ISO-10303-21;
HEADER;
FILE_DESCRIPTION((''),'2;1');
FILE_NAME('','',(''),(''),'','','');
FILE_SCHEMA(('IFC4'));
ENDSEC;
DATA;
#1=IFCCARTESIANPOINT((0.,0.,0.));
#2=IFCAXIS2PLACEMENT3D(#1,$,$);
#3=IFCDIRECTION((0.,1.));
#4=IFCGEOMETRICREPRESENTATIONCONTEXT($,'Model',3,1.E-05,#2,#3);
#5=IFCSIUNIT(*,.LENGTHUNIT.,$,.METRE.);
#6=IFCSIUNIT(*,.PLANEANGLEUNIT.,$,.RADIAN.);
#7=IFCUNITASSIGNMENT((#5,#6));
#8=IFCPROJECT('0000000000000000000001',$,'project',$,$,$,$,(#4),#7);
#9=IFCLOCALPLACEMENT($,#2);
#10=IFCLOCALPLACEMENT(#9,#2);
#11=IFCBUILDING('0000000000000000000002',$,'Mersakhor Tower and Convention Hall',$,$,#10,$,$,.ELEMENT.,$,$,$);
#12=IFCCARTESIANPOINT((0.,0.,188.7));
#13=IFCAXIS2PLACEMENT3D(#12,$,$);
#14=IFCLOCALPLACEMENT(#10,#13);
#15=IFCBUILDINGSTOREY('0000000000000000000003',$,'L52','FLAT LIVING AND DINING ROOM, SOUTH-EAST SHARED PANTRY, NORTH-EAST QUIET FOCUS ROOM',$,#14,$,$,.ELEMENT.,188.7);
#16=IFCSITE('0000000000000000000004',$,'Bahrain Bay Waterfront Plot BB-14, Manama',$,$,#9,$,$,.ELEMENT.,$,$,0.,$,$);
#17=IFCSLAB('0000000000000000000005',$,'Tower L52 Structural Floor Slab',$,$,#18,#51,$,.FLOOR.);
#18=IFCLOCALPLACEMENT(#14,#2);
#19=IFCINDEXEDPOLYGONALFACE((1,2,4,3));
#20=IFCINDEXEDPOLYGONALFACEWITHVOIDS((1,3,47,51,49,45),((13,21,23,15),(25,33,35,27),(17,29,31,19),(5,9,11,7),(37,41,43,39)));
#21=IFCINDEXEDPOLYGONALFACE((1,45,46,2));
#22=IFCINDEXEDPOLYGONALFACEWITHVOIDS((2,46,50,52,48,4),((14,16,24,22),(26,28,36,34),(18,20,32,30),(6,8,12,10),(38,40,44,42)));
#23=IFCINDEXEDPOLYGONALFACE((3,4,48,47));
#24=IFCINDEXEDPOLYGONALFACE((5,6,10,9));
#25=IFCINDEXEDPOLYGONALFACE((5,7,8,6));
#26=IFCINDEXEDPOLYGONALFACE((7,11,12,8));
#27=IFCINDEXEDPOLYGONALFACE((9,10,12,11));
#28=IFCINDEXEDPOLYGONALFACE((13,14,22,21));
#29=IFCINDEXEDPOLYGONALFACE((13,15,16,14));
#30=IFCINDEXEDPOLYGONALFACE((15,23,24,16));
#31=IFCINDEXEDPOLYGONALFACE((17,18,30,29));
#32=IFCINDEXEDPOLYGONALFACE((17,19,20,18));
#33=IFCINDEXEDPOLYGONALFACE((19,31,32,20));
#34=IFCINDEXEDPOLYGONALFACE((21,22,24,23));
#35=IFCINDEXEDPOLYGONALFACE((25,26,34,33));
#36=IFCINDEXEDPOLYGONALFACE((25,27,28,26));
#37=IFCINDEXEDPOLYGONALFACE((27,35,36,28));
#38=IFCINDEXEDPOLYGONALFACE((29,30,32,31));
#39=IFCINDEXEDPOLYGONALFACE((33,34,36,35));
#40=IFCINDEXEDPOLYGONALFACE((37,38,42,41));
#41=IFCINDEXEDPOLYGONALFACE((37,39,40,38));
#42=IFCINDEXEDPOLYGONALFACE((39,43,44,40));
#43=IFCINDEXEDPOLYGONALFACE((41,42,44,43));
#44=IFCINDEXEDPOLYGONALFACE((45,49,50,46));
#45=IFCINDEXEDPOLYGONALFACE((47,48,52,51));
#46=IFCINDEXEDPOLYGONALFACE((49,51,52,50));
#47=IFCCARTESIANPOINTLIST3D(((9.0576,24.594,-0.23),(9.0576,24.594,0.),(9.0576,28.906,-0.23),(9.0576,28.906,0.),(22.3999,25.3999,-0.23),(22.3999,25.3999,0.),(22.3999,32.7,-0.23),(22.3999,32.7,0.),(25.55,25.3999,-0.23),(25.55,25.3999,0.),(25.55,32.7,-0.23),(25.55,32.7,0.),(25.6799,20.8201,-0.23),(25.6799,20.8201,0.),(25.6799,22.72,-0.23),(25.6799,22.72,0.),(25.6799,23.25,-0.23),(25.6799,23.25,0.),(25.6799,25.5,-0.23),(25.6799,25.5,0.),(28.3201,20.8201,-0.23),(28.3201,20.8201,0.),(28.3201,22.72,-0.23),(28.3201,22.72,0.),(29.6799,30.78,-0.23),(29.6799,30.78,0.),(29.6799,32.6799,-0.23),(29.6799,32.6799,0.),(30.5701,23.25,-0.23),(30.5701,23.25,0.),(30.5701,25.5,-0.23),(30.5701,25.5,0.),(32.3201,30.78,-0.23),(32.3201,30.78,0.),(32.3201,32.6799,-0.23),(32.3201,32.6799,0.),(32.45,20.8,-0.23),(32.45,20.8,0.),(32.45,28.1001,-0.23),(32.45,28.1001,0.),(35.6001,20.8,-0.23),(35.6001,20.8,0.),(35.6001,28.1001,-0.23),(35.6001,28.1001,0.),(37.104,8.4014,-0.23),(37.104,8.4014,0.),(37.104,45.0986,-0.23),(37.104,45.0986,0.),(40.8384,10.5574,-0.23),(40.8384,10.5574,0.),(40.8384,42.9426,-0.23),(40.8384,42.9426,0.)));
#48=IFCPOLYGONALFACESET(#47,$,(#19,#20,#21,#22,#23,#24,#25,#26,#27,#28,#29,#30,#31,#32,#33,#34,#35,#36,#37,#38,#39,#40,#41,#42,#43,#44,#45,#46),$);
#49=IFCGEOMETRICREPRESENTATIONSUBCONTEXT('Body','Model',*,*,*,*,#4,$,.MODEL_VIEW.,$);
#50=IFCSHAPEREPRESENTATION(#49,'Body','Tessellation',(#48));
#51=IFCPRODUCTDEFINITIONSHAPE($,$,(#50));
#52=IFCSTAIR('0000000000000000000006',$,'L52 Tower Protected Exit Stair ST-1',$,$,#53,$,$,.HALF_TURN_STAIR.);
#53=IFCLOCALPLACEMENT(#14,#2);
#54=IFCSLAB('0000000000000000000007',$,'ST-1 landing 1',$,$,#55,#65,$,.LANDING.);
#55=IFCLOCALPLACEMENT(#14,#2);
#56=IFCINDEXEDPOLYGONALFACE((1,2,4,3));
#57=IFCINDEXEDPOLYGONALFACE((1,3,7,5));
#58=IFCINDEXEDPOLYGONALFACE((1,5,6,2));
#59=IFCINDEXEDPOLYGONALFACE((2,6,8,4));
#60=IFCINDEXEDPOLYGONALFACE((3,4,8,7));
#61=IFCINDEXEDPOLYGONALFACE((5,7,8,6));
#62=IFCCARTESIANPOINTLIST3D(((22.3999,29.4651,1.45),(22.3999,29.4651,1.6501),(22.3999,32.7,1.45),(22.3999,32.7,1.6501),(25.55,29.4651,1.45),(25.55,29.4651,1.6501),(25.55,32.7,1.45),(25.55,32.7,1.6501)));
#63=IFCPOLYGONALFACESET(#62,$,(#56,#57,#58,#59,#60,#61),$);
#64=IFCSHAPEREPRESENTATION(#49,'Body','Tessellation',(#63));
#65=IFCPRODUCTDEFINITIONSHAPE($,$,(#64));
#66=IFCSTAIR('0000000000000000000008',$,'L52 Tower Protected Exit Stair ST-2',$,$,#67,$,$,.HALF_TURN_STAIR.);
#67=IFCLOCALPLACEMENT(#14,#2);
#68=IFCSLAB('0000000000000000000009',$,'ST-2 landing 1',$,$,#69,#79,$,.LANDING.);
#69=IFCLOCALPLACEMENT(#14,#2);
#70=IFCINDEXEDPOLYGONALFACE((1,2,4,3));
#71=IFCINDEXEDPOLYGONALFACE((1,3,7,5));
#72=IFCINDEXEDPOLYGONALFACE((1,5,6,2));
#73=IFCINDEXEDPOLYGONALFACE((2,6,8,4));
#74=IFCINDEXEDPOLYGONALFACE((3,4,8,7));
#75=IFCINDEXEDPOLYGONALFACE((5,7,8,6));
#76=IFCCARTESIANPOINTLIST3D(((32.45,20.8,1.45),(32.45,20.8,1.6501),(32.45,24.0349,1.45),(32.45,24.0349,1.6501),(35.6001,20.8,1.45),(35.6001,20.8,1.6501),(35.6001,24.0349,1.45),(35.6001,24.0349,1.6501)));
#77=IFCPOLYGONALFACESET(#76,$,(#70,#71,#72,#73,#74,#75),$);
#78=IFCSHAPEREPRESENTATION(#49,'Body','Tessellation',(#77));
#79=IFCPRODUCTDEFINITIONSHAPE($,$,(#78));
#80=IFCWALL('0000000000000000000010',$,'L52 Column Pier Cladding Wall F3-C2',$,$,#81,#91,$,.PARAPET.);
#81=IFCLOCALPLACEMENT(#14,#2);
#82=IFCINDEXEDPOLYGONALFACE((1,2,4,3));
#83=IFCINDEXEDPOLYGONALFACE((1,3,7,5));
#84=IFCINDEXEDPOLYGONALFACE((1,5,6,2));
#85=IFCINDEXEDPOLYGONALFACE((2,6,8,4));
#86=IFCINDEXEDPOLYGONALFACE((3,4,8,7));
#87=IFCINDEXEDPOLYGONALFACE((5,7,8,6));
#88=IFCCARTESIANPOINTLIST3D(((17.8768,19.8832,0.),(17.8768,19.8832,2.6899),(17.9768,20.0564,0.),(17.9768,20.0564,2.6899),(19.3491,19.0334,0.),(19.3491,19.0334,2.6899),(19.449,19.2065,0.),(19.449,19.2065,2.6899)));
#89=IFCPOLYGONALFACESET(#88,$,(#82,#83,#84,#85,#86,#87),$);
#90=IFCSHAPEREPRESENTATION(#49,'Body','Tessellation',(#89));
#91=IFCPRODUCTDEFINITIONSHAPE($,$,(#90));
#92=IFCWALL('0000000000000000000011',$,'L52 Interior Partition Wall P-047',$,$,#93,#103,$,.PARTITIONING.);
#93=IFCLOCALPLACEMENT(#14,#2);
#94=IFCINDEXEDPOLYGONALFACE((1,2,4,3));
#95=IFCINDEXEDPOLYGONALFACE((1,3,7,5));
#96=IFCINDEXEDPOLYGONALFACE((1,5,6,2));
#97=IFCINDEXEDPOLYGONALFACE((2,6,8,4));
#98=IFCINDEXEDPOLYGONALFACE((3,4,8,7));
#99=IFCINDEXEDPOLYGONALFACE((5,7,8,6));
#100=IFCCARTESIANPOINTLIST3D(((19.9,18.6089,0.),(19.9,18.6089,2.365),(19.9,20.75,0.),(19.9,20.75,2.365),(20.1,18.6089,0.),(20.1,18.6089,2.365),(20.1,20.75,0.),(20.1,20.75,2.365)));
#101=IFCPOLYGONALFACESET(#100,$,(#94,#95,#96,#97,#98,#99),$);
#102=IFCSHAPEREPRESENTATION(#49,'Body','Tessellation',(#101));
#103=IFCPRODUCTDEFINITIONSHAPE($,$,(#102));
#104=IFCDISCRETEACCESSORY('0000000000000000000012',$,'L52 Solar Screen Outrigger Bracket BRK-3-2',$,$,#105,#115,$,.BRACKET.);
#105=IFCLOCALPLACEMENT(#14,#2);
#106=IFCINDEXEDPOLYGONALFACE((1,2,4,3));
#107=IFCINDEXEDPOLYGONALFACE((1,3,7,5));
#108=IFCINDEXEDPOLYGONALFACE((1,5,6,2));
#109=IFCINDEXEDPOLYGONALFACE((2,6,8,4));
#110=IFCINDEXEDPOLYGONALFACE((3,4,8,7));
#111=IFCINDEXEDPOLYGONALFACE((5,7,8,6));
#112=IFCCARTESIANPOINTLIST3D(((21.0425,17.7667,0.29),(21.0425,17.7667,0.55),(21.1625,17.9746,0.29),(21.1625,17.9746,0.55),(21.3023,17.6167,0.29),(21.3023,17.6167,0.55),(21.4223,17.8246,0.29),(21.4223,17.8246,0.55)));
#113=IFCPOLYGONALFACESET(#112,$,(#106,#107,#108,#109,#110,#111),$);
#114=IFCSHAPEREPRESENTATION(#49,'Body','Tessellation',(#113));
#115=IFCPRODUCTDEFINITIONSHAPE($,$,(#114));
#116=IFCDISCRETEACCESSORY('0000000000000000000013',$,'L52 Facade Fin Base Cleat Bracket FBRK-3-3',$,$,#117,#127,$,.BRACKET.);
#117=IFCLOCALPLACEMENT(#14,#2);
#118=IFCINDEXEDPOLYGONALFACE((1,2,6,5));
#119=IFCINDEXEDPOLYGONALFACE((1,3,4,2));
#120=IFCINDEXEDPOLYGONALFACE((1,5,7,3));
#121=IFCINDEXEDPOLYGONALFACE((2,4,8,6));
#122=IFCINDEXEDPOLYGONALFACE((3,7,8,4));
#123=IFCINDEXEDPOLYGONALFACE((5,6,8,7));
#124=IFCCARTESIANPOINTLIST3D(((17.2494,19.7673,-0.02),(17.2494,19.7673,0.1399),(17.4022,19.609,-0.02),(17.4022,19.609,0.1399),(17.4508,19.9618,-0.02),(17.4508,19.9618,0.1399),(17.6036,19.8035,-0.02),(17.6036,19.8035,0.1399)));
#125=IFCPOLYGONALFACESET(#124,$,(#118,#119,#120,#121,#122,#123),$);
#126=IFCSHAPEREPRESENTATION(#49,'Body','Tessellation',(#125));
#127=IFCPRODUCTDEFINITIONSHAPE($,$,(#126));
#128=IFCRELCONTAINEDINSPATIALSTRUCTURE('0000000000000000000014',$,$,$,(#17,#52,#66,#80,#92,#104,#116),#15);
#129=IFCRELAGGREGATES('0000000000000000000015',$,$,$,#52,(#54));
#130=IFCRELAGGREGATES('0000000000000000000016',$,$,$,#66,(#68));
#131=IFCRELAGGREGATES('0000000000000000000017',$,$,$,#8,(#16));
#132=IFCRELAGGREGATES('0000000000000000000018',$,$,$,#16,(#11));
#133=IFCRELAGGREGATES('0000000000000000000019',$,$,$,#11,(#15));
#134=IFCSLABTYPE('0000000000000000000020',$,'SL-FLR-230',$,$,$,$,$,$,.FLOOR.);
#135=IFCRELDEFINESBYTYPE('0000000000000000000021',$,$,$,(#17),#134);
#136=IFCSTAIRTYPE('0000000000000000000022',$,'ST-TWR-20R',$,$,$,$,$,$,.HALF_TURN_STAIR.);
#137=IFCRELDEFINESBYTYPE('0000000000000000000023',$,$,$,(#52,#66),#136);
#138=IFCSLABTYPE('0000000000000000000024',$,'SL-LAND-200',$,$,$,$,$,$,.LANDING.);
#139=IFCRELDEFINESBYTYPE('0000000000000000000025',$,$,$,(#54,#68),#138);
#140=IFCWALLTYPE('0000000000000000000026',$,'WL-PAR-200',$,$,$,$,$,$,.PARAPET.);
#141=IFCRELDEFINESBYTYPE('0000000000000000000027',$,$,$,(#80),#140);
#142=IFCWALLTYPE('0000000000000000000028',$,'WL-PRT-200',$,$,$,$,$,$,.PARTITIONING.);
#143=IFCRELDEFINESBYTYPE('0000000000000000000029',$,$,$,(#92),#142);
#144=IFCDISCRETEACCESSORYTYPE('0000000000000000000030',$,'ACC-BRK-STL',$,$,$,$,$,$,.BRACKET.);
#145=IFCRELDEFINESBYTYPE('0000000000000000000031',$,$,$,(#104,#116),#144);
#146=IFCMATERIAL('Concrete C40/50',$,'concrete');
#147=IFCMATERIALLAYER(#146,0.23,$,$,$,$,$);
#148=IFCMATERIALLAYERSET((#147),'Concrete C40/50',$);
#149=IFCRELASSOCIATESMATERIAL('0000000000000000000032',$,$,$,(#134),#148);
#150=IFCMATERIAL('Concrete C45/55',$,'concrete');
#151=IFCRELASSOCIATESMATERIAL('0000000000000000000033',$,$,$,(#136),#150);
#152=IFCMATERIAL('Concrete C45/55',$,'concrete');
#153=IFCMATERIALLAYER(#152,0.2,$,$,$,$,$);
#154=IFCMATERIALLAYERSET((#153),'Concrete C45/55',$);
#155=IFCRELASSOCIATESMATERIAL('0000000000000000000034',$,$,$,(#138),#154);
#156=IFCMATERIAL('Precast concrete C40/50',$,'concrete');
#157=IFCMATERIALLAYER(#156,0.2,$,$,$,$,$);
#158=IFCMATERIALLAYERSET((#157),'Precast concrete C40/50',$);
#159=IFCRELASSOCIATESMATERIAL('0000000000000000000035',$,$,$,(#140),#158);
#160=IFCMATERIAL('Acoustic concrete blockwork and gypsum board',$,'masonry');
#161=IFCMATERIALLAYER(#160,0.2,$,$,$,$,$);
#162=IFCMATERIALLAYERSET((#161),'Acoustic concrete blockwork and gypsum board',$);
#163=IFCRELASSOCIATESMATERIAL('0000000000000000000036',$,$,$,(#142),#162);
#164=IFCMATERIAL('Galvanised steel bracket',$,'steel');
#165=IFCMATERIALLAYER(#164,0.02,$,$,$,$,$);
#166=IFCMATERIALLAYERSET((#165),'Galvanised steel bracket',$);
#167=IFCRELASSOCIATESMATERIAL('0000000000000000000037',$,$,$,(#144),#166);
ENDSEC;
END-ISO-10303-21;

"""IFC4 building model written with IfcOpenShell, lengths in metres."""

from ifc_helpers import new_model, si_unit, direction, frame, frame_2d, origin, origin_2d, place, context, subcontext, project, spatial, polyline, rectangle, outline, extrude, material, layer, layer_set, type_object, element, aggregate, save


model = new_model("IFC4")

# Units and contexts
model_context = context("Model", 3, precision=1e-05, world=origin(), true_north=direction((0.0, 1.0)))
body_context = subcontext(model_context, "Body", "Model", "MODEL_VIEW")
ifc_project = project(units=[si_unit("LENGTHUNIT", "METRE"), si_unit("PLANEANGLEUNIT", "RADIAN")], contexts=[model_context])

# Site, building, storey
site_placement = place(None, origin())
site = spatial("IfcSite", under=ifc_project, at=site_placement, Name="Bahrain Bay Waterfront Plot BB-14, Manama", CompositionType="ELEMENT", RefElevation=0.0)
building_placement = place(site_placement, origin())
building = spatial("IfcBuilding", under=site, at=building_placement, Name="Mersakhor Tower and Convention Hall", CompositionType="ELEMENT")
storey_placement = place(building_placement, frame((0.0, 0.0, 188.7)))
storey = spatial("IfcBuildingStorey", under=building, at=storey_placement, Name="L52", Description="FLAT LIVING AND DINING ROOM, SOUTH-EAST SHARED PANTRY, NORTH-EAST QUIET FOCUS ROOM", CompositionType="ELEMENT", Elevation=188.7)

# Slab
ifc_material_1 = material(Name="Concrete C40/50", Category="concrete")
ifc_layer_1 = layer(ifc_material_1, 0.23)
ifc_layer_set_1 = layer_set([ifc_layer_1], Name="Concrete C40/50")
slab_type_1 = type_object("IfcSlabType", Name="SL-FLR-230", PredefinedType="FLOOR", material=ifc_layer_set_1)
slab_1_placement = place(storey_placement, frame((0.0, 0.0, -0.23)))
element("IfcSlab", 1, at=slab_1_placement, inside=storey, type_object=slab_type_1, Name="Tower L52 Structural Floor Slab", PredefinedType="FLOOR", context=body_context, shape_type="SweptSolid", body=[
    extrude(outline(polyline([(9.0576, 28.906), (37.104, 45.0986), (40.8384, 42.9426), (40.8384, 10.5574), (37.104, 8.4014), (9.0576, 24.594), (9.0576, 28.906)]), holes=[polyline([(25.55, 25.3999), (25.55, 32.7), (22.3999, 32.7), (22.3999, 25.3999), (25.55, 25.3999)]), polyline([(32.45, 28.1001), (32.45, 20.8), (35.6001, 20.8), (35.6001, 28.1001), (32.45, 28.1001)]), polyline([(25.6799, 20.8201), (25.6799, 22.72), (28.3201, 22.72), (28.3201, 20.8201), (25.6799, 20.8201)]), polyline([(29.6799, 30.78), (29.6799, 32.6799), (32.3201, 32.6799), (32.3201, 30.78), (29.6799, 30.78)]), polyline([(25.6799, 23.25), (25.6799, 25.5), (30.5701, 25.5), (30.5701, 23.25), (25.6799, 23.25)])]), origin(), (0.0, 0.0, 1.0), 0.23),
])

# Stairs, slabs
ifc_material_2 = material(Name="Concrete C45/55", Category="concrete")
stair_type = type_object("IfcStairType", Name="ST-TWR-20R", PredefinedType="HALF_TURN_STAIR", material=ifc_material_2)
stair_1_placement = place(storey_placement, origin())
stair_1 = element("IfcStair", 2, at=stair_1_placement, inside=storey, type_object=stair_type, Name="L52 Tower Protected Exit Stair ST-1", PredefinedType="HALF_TURN_STAIR")
ifc_material_3 = material(Name="Concrete C45/55", Category="concrete")
ifc_layer_2 = layer(ifc_material_3, 0.2)
ifc_layer_set_2 = layer_set([ifc_layer_2], Name="Concrete C45/55")
slab_type_2 = type_object("IfcSlabType", Name="SL-LAND-200", PredefinedType="LANDING", material=ifc_layer_set_2)
slab_2_placement = place(storey_placement, frame((0.0, 0.0, 1.45)))
slab_2 = element("IfcSlab", 3, at=slab_2_placement, type_object=slab_type_2, Name="ST-1 landing 1", PredefinedType="LANDING", context=body_context, shape_type="SweptSolid", body=[
    extrude(outline(polyline([(25.55, 29.4651), (25.55, 32.7), (22.3999, 32.7), (22.3999, 29.4651), (25.55, 29.4651)])), origin(), (0.0, 0.0, 1.0), 0.2002),
])
aggregate(stair_1, [slab_2])
stair_2_placement = place(storey_placement, origin())
stair_2 = element("IfcStair", 4, at=stair_2_placement, inside=storey, type_object=stair_type, Name="L52 Tower Protected Exit Stair ST-2", PredefinedType="HALF_TURN_STAIR")
slab_3_placement = place(storey_placement, frame((0.0, 0.0, 1.45)))
slab_3 = element("IfcSlab", 5, at=slab_3_placement, type_object=slab_type_2, Name="ST-2 landing 1", PredefinedType="LANDING", context=body_context, shape_type="SweptSolid", body=[
    extrude(outline(polyline([(32.45, 24.0349), (32.45, 20.8), (35.6001, 20.8), (35.6001, 24.0349), (32.45, 24.0349)])), origin(), (0.0, 0.0, 1.0), 0.2002),
])
aggregate(stair_2, [slab_3])

# Walls
ifc_material_4 = material(Name="Precast concrete C40/50", Category="concrete")
ifc_layer_3 = layer(ifc_material_4, 0.2)
ifc_layer_set_3 = layer_set([ifc_layer_3], Name="Precast concrete C40/50")
wall_type_1 = type_object("IfcWallType", Name="WL-PAR-200", PredefinedType="PARAPET", material=ifc_layer_set_3)
wall_1_placement = place(storey_placement, frame((19.3992, 19.1199, 0.0), z_axis=(0.0, 0.0, 1.0), x_axis=(-0.866052, 0.499955, 0.0)))
element("IfcWall", 6, at=wall_1_placement, inside=storey, type_object=wall_type_1, Name="L52 Column Pier Cladding Wall F3-C2", PredefinedType="PARAPET", context=body_context, shape_type="SweptSolid", body=[
    extrude(rectangle(XDim=1.7, YDim=0.2, at=frame_2d((0.8501, 0.0))), origin(), (0.0, 0.0, 1.0), 2.6899),
])
ifc_material_5 = material(Name="Acoustic concrete blockwork and gypsum board", Category="masonry")
ifc_layer_4 = layer(ifc_material_5, 0.2)
ifc_layer_set_4 = layer_set([ifc_layer_4], Name="Acoustic concrete blockwork and gypsum board")
wall_type_2 = type_object("IfcWallType", Name="WL-PRT-200", PredefinedType="PARTITIONING", material=ifc_layer_set_4)
wall_2_placement = place(storey_placement, frame((20.0, 18.6089, 0.0), z_axis=(0.0, 0.0, 1.0), x_axis=(0.0, 1.0, 0.0)))
element("IfcWall", 7, at=wall_2_placement, inside=storey, type_object=wall_type_2, Name="L52 Interior Partition Wall P-047", PredefinedType="PARTITIONING", context=body_context, shape_type="SweptSolid", body=[
    extrude(rectangle(XDim=2.1411, YDim=0.2, at=frame_2d((1.0706, 0.0))), origin(), (0.0, 0.0, 1.0), 2.365),
])

# Discrete accessories
ifc_material_6 = material(Name="Galvanised steel bracket", Category="steel")
ifc_layer_5 = layer(ifc_material_6, 0.02)
ifc_layer_set_5 = layer_set([ifc_layer_5], Name="Galvanised steel bracket")
discrete_accessory_type = type_object("IfcDiscreteAccessoryType", Name="ACC-BRK-STL", PredefinedType="BRACKET", material=ifc_layer_set_5)
discrete_accessory_1_placement = place(storey_placement, frame((21.2324, 17.7957, 0.29), z_axis=(0.0, 0.0, 1.0), x_axis=(-0.866025, 0.5, 0.0)))
element("IfcDiscreteAccessory", 8, at=discrete_accessory_1_placement, inside=storey, type_object=discrete_accessory_type, Name="L52 Solar Screen Outrigger Bracket BRK-3-2", PredefinedType="BRACKET", context=body_context, shape_type="SweptSolid", body=[
    extrude(rectangle(XDim=0.3, YDim=0.24, at=origin_2d()), origin(), (0.0, 0.0, 1.0), 0.26),
])
discrete_accessory_2_placement = place(storey_placement, frame((17.4265, 19.7854, -0.02), z_axis=(0.0, 0.0, 1.0), x_axis=(-0.71934, -0.694658, 0.0)))
element("IfcDiscreteAccessory", 9, at=discrete_accessory_2_placement, inside=storey, type_object=discrete_accessory_type, Name="L52 Facade Fin Base Cleat Bracket FBRK-3-3", PredefinedType="BRACKET", context=body_context, shape_type="SweptSolid", body=[
    extrude(rectangle(XDim=0.28, YDim=0.22, at=origin_2d()), origin(), (0.0, 0.0, 1.0), 0.1599),
])

save(model, "model.ifc")
